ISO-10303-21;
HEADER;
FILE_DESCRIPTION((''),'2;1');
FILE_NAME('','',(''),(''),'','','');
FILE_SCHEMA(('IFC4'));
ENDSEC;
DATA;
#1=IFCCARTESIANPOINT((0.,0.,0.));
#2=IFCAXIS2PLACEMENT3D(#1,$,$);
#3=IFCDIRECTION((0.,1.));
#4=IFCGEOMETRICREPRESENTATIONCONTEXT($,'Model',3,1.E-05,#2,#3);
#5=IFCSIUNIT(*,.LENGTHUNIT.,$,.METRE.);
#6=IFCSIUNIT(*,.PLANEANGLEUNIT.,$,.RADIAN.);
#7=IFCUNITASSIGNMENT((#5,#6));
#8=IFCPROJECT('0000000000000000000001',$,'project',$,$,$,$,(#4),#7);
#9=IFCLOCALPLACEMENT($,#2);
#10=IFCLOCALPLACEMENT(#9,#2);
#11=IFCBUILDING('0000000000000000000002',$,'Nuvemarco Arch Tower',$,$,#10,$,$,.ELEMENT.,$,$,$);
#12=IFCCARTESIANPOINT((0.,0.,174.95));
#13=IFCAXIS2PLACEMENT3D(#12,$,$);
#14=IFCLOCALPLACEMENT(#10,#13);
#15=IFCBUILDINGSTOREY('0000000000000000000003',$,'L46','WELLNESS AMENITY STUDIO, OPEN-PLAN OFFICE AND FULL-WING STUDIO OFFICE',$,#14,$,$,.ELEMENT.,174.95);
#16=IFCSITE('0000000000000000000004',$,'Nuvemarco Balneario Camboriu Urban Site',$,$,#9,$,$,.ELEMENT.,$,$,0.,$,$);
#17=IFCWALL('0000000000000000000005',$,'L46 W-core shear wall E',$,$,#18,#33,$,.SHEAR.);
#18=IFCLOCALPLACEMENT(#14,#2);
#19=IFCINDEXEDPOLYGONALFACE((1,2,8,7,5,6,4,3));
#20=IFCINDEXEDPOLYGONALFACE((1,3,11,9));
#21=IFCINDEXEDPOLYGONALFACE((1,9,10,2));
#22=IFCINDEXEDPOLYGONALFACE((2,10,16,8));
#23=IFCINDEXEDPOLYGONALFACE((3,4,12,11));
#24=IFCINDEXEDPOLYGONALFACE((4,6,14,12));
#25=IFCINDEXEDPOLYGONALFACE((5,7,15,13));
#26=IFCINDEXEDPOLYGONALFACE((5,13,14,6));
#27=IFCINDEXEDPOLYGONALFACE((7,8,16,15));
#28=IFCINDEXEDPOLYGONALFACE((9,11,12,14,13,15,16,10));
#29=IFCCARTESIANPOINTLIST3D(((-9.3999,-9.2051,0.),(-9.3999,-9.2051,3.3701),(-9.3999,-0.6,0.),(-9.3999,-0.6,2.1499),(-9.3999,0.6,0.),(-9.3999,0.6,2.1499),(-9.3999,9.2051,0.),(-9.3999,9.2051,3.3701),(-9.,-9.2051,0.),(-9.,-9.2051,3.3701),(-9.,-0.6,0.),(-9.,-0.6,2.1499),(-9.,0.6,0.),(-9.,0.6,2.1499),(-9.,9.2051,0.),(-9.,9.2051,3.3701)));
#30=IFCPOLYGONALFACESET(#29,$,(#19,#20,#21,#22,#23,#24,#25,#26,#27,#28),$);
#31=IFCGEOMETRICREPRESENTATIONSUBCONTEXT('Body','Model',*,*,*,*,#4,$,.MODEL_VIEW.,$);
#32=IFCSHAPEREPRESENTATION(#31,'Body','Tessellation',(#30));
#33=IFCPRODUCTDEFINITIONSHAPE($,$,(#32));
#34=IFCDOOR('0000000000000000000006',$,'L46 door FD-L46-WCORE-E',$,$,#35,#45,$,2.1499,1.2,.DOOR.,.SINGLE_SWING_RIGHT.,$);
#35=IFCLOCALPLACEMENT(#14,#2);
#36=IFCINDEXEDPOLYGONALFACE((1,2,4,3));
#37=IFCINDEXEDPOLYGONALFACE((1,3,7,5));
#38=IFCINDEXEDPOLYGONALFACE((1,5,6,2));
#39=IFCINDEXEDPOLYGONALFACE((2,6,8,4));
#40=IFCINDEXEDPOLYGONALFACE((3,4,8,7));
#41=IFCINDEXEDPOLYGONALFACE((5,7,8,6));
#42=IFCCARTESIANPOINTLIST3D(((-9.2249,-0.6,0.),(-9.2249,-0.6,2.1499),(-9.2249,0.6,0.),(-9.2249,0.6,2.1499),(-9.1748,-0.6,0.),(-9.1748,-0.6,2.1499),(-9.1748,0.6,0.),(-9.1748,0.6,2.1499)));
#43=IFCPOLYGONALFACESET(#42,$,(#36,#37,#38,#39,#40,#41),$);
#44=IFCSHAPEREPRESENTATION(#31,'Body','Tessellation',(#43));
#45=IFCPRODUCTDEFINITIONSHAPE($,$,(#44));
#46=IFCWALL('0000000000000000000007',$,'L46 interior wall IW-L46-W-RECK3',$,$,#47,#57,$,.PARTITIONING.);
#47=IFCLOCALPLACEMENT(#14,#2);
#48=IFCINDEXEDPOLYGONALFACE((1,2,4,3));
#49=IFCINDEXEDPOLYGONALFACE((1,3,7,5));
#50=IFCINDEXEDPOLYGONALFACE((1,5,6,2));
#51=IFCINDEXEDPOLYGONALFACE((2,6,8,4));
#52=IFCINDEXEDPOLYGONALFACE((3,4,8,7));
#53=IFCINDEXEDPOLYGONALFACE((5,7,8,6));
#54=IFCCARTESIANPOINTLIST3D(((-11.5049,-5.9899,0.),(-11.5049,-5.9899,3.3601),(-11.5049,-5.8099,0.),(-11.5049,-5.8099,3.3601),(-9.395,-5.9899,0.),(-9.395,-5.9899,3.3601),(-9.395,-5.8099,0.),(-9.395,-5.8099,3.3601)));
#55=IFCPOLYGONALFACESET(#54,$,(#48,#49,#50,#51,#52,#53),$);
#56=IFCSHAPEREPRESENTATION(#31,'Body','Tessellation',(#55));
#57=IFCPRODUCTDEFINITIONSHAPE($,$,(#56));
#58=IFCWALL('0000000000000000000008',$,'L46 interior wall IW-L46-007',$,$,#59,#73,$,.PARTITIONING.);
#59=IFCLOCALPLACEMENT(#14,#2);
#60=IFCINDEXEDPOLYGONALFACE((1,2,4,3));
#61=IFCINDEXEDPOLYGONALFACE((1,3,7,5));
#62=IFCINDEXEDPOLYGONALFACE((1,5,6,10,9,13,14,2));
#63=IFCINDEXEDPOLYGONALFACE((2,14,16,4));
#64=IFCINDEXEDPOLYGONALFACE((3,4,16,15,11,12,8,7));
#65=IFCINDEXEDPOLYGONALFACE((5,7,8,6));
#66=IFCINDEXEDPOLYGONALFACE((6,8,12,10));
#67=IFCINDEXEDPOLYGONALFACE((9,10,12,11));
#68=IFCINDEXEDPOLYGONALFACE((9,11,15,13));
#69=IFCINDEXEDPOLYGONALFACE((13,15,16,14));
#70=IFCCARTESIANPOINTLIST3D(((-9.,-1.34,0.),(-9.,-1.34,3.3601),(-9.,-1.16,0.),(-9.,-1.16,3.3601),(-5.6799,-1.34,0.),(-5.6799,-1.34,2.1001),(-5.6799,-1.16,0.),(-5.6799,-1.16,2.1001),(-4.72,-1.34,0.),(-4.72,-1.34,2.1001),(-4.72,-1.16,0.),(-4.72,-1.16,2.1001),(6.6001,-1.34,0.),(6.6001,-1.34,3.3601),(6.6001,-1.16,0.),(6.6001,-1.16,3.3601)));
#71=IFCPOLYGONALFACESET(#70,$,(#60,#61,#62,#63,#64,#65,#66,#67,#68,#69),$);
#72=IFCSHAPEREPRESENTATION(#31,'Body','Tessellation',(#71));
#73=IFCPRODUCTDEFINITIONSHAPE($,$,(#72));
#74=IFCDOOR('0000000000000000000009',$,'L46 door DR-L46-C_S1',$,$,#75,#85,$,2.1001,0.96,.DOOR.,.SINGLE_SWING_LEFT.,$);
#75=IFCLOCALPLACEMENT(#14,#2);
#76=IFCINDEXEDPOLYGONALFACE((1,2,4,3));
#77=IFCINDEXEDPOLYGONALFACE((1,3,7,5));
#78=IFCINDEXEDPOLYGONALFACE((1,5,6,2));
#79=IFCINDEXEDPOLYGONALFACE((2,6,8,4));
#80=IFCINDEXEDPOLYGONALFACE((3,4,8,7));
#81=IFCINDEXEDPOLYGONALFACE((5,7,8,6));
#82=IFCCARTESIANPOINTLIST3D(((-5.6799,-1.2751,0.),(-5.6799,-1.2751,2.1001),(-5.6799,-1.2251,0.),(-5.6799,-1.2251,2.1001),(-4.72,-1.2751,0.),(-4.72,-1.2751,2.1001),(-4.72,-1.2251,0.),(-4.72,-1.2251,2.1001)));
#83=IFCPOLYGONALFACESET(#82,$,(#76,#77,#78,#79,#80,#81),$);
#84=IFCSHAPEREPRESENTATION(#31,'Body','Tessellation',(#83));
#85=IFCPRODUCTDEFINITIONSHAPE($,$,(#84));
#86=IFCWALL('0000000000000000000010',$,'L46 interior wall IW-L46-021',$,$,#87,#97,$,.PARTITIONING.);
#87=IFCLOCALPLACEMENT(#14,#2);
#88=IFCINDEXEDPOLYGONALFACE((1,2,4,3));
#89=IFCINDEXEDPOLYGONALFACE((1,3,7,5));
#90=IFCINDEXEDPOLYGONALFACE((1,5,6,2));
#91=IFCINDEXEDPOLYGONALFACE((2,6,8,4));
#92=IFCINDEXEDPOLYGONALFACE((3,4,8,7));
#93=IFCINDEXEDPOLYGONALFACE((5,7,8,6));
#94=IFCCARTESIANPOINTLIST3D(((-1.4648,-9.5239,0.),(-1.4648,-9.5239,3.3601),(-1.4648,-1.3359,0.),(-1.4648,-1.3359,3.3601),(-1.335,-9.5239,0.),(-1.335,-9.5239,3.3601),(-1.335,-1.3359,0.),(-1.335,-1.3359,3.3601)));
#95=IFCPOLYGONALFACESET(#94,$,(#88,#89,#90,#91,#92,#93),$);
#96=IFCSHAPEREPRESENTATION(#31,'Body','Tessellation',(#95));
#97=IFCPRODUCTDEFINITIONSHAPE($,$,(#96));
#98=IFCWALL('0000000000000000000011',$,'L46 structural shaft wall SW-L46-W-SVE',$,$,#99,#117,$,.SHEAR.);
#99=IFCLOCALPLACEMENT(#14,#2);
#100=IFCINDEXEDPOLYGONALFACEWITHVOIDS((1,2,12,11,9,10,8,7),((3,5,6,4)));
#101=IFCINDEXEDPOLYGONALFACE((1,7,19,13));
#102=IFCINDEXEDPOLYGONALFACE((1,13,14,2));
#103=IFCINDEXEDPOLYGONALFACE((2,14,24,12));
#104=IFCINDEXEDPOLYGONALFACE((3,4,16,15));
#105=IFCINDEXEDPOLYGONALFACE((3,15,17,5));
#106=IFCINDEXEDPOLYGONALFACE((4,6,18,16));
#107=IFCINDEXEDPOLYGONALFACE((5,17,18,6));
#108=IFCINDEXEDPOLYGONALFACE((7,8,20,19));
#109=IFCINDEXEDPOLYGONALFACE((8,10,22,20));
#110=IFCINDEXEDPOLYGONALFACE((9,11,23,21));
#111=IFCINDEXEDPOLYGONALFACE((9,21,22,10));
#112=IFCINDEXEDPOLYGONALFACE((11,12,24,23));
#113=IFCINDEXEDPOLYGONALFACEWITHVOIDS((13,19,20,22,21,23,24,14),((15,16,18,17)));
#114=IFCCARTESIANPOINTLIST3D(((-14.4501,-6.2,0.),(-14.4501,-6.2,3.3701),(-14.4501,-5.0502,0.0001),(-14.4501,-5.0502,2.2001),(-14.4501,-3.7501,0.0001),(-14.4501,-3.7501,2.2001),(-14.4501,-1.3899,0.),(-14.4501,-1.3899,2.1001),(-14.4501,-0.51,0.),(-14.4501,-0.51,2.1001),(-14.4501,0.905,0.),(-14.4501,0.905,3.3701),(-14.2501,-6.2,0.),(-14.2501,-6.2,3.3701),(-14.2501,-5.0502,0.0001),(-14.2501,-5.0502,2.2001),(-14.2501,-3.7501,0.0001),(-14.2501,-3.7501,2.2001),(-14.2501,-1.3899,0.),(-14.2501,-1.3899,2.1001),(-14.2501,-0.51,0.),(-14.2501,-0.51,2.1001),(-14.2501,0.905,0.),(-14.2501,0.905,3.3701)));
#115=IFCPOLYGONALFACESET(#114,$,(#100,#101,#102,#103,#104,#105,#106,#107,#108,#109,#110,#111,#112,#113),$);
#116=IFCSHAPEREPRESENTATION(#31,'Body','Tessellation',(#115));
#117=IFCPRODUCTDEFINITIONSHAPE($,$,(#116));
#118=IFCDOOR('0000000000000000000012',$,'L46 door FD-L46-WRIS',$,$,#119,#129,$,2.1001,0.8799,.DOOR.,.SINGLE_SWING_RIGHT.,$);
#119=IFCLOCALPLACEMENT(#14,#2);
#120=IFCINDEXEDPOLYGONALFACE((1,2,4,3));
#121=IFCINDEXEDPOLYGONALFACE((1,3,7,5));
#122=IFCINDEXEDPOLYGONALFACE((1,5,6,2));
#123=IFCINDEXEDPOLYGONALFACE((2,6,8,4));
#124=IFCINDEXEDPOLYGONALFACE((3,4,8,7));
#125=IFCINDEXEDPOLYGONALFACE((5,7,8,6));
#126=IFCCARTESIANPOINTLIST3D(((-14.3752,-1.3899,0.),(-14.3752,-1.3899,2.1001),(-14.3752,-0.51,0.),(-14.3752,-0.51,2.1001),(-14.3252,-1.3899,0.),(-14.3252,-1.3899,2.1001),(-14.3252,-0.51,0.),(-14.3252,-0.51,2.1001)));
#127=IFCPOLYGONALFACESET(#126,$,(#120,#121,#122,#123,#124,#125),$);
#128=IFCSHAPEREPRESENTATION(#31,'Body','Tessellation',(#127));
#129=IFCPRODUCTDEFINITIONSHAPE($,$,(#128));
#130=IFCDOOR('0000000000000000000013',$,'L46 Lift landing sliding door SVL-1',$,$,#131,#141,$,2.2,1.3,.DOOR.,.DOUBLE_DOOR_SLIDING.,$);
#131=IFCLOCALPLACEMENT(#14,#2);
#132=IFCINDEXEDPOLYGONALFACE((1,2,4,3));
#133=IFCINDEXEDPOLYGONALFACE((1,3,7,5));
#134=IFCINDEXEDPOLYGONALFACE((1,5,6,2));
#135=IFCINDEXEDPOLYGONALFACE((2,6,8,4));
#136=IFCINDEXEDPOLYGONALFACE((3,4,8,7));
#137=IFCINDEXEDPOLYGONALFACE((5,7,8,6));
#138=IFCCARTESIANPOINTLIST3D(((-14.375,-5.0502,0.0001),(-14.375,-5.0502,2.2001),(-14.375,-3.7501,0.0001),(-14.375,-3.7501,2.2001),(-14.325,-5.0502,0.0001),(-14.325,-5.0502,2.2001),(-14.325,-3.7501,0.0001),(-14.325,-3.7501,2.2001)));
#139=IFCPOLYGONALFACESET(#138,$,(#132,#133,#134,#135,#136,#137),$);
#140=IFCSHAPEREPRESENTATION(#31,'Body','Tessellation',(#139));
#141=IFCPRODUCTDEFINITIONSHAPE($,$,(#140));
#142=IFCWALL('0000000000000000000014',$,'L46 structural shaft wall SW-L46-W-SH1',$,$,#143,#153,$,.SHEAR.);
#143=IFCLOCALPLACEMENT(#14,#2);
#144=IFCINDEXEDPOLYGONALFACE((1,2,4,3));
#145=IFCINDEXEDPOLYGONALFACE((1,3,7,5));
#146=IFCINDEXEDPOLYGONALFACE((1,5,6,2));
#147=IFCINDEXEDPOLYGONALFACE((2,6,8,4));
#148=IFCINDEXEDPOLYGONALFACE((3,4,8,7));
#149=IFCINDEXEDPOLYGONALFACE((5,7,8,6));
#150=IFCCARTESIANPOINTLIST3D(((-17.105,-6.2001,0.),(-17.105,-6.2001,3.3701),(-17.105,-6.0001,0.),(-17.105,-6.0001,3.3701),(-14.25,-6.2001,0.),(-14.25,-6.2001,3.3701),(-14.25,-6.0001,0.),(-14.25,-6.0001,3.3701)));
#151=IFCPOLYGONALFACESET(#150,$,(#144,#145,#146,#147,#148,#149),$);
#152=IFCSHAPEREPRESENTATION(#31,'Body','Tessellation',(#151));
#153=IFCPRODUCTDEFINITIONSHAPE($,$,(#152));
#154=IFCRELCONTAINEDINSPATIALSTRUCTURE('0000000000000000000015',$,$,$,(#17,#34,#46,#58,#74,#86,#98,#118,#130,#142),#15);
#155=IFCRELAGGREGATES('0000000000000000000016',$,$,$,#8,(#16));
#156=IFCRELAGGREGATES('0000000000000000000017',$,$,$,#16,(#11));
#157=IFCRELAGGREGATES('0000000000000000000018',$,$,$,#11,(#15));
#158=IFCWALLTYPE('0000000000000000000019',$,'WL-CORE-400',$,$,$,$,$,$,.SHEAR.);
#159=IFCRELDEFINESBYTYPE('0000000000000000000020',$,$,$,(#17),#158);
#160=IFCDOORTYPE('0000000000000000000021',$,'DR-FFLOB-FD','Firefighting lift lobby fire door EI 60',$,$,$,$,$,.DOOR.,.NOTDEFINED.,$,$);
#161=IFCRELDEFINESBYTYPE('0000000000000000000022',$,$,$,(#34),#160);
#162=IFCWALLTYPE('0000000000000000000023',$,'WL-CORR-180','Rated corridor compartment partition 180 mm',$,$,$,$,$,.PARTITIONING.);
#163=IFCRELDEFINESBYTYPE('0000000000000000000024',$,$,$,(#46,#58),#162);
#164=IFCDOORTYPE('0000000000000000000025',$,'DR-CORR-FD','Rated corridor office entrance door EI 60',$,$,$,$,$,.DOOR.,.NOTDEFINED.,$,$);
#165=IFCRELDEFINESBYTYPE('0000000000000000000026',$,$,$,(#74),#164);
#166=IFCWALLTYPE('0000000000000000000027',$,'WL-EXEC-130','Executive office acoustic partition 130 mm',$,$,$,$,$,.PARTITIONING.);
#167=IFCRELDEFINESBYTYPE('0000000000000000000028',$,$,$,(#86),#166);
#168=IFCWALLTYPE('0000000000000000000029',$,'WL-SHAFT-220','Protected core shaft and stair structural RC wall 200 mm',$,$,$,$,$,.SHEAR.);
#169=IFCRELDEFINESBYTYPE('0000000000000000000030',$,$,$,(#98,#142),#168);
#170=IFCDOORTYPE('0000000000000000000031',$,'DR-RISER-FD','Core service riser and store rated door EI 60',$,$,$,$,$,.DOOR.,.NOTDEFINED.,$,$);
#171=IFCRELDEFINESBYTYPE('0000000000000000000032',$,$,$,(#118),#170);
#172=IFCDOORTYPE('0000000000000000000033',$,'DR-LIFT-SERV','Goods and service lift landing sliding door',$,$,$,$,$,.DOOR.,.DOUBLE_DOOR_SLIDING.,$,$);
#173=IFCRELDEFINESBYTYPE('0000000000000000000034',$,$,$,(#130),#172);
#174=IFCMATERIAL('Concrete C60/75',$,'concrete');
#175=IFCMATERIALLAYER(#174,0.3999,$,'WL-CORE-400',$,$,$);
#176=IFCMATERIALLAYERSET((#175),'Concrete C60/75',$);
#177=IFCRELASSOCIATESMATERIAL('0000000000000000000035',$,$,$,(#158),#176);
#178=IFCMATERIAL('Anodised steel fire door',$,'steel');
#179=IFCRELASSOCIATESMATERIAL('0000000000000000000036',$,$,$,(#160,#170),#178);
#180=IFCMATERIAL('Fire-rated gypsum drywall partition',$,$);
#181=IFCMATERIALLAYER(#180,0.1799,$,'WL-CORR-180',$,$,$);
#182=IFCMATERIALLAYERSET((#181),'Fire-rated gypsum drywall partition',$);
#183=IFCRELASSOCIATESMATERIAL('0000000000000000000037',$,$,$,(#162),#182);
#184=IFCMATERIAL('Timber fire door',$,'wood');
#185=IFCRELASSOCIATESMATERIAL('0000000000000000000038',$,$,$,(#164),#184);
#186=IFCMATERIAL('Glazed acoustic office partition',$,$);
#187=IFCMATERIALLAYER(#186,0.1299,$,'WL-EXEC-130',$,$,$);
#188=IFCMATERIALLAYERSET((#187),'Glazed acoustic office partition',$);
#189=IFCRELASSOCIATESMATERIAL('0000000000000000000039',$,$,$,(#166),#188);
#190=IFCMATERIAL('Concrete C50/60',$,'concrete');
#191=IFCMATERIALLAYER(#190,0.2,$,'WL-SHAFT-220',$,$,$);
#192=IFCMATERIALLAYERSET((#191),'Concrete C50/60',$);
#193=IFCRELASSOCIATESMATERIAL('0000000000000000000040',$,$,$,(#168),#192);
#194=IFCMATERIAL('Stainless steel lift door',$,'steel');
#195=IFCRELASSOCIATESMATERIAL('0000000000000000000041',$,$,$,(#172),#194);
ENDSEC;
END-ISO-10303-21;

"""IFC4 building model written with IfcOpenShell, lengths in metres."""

from ifc_helpers import new_model, si_unit, direction, frame, frame_2d, origin, place, context, subcontext, project, spatial, rectangle, extrude, source, transform, mapped, material, layer, layer_set, type_object, type_shapes, element, fill, save


model = new_model("IFC4")

# Units and contexts
model_context = context("Model", 3, precision=1e-05, world=origin(), true_north=direction((0.0, 1.0)))
body_context = subcontext(model_context, "Body", "Model", "MODEL_VIEW")
ifc_project = project(units=[si_unit("LENGTHUNIT", "METRE"), si_unit("PLANEANGLEUNIT", "RADIAN")], contexts=[model_context])

# Site, building, storey
site_placement = place(None, origin())
site = spatial("IfcSite", under=ifc_project, at=site_placement, Name="Nuvemarco Balneario Camboriu Urban Site", CompositionType="ELEMENT", RefElevation=0.0)
building_placement = place(site_placement, origin())
building = spatial("IfcBuilding", under=site, at=building_placement, Name="Nuvemarco Arch Tower", CompositionType="ELEMENT")
storey_placement = place(building_placement, frame((0.0, 0.0, 174.95)))
storey = spatial("IfcBuildingStorey", under=building, at=storey_placement, Name="L46", Description="WELLNESS AMENITY STUDIO, OPEN-PLAN OFFICE AND FULL-WING STUDIO OFFICE", CompositionType="ELEMENT", Elevation=174.95)

# Shared definitions
ifc_material_1 = material(Name="Concrete C50/60", Category="concrete")

# Shared definitions
ifc_material_2 = material(Name="Concrete C60/75", Category="concrete")
ifc_layer_1 = layer(ifc_material_2, 0.3999, Name="WL-CORE-400")
ifc_layer_set_1 = layer_set([ifc_layer_1], Name="Concrete C60/75")
wall_type_1 = type_object("IfcWallType", Name="WL-CORE-400", PredefinedType="SHEAR", material=ifc_layer_set_1)

# Wall, opening, door
wall_1_placement = place(storey_placement, frame((-9.2, -9.2051, 0.0), z_axis=(0.0, 0.0, 1.0), x_axis=(0.0, 1.0, 0.0)))
wall_1 = element("IfcWall", 1, at=wall_1_placement, inside=storey, type_object=wall_type_1, Name="L46 W-core shear wall E", PredefinedType="SHEAR", context=body_context, shape_type="SweptSolid", body=[
    extrude(rectangle(XDim=18.4102, YDim=0.3999, at=frame_2d((9.2051, 0.0))), origin(), (0.0, 0.0, 1.0), 3.3701),
])
opening_1_placement = place(wall_1_placement, frame((8.605, 0.0, 0.0)))
opening_1 = element("IfcOpeningElement", 2, at=opening_1_placement, cuts=wall_1, PredefinedType="OPENING", context=body_context, shape_type="SweptSolid", body=[
    extrude(rectangle(XDim=1.2, YDim=2.1499, at=frame_2d((0.6001, 1.075))), frame((0.0, 0.21, 0.0), z_axis=(0.0, -1.0, 0.0), x_axis=(1.0, 0.0, 0.0)), (0.0, 0.0, 1.0), 0.4199),
])
ifc_material_3 = material(Name="Anodised steel fire door", Category="steel")
door_type_1 = type_object("IfcDoorType", Name="DR-FFLOB-FD", Description="Firefighting lift lobby fire door EI 60", OperationType="NOTDEFINED", PredefinedType="DOOR", material=ifc_material_3)
shared_shape_1 = source(origin(), body_context, "Body", "SweptSolid", [
    extrude(rectangle(XDim=1.2, YDim=2.1499, at=frame_2d((0.6001, 1.075))), frame((0.0, 0.0249, 0.0), z_axis=(0.0, -1.0, 0.0), x_axis=(1.0, 0.0, 0.0)), (0.0, 0.0, 1.0), 0.05),
])
type_shapes(door_type_1, [shared_shape_1])
door_1_placement = place(opening_1_placement, origin())
door_1 = element("IfcDoor", 3, at=door_1_placement, inside=storey, type_object=door_type_1, Name="L46 door FD-L46-WCORE-E", OperationType="SINGLE_SWING_RIGHT", OverallHeight=2.1499, OverallWidth=1.2, PredefinedType="DOOR", context=body_context, shape_type="MappedRepresentation", body=[
    mapped(shared_shape_1, transform((0.0, 0.0, 0.0), scale=1.0)),
])
fill(opening_1, door_1)

# Wall
ifc_material_4 = material(Name="Fire-rated gypsum drywall partition")
ifc_layer_2 = layer(ifc_material_4, 0.1799, Name="WL-CORR-180")
ifc_layer_set_2 = layer_set([ifc_layer_2], Name="Fire-rated gypsum drywall partition")
wall_type_2 = type_object("IfcWallType", Name="WL-CORR-180", Description="Rated corridor compartment partition 180 mm", PredefinedType="PARTITIONING", material=ifc_layer_set_2)
wall_2_placement = place(storey_placement, frame((-11.5049, -5.8999, 0.0), z_axis=(0.0, 0.0, 1.0), x_axis=(1.0, 0.0, 0.0)))
element("IfcWall", 4, at=wall_2_placement, inside=storey, type_object=wall_type_2, Name="L46 interior wall IW-L46-W-RECK3", PredefinedType="PARTITIONING", context=body_context, shape_type="SweptSolid", body=[
    extrude(rectangle(XDim=2.1099, YDim=0.1799, at=frame_2d((1.0549, 0.0))), origin(), (0.0, 0.0, 1.0), 3.3601),
])

# Wall, opening, door
wall_3_placement = place(storey_placement, frame((-9.0, -1.25, 0.0), z_axis=(0.0, 0.0, 1.0), x_axis=(1.0, 0.0, 0.0)))
wall_3 = element("IfcWall", 5, at=wall_3_placement, inside=storey, type_object=wall_type_2, Name="L46 interior wall IW-L46-007", PredefinedType="PARTITIONING", context=body_context, shape_type="SweptSolid", body=[
    extrude(rectangle(XDim=15.6001, YDim=0.1799, at=frame_2d((7.8, 0.0))), origin(), (0.0, 0.0, 1.0), 3.3601),
])
opening_2_placement = place(wall_3_placement, frame((3.3201, 0.0, 0.0)))
opening_2 = element("IfcOpeningElement", 6, at=opening_2_placement, cuts=wall_3, PredefinedType="OPENING", context=body_context, shape_type="SweptSolid", body=[
    extrude(rectangle(XDim=0.96, YDim=2.1001, at=frame_2d((0.48, 1.05))), frame((0.0, 0.0999, 0.0), z_axis=(0.0, -1.0, 0.0), x_axis=(1.0, 0.0, 0.0)), (0.0, 0.0, 1.0), 0.2),
])
ifc_material_5 = material(Name="Timber fire door", Category="wood")
door_type_2 = type_object("IfcDoorType", Name="DR-CORR-FD", Description="Rated corridor office entrance door EI 60", OperationType="NOTDEFINED", PredefinedType="DOOR", material=ifc_material_5)
shared_shape_2 = source(origin(), body_context, "Body", "SweptSolid", [
    extrude(rectangle(XDim=0.96, YDim=2.1001, at=frame_2d((0.48, 1.05))), frame((0.0, 0.0249, 0.0), z_axis=(0.0, -1.0, 0.0), x_axis=(1.0, 0.0, 0.0)), (0.0, 0.0, 1.0), 0.05),
])
type_shapes(door_type_2, [shared_shape_2])
door_2_placement = place(opening_2_placement, origin())
door_2 = element("IfcDoor", 7, at=door_2_placement, inside=storey, type_object=door_type_2, Name="L46 door DR-L46-C_S1", OperationType="SINGLE_SWING_LEFT", OverallHeight=2.1001, OverallWidth=0.96, PredefinedType="DOOR", context=body_context, shape_type="MappedRepresentation", body=[
    mapped(shared_shape_2, transform((0.0, 0.0, 0.0), scale=1.0)),
])
fill(opening_2, door_2)

# Wall
ifc_material_6 = material(Name="Glazed acoustic office partition")
ifc_layer_3 = layer(ifc_material_6, 0.1299, Name="WL-EXEC-130")
ifc_layer_set_3 = layer_set([ifc_layer_3], Name="Glazed acoustic office partition")
wall_type_3 = type_object("IfcWallType", Name="WL-EXEC-130", Description="Executive office acoustic partition 130 mm", PredefinedType="PARTITIONING", material=ifc_layer_set_3)
wall_4_placement = place(storey_placement, frame((-1.3999, -9.5239, 0.0), z_axis=(0.0, 0.0, 1.0), x_axis=(0.0, 1.0, 0.0)))
element("IfcWall", 8, at=wall_4_placement, inside=storey, type_object=wall_type_3, Name="L46 interior wall IW-L46-021", PredefinedType="PARTITIONING", context=body_context, shape_type="SweptSolid", body=[
    extrude(rectangle(XDim=8.188, YDim=0.1299, at=frame_2d((4.094, 0.0))), origin(), (0.0, 0.0, 1.0), 3.3601),
])

# Shared definitions
ifc_layer_4 = layer(ifc_material_1, 0.2, Name="WL-SHAFT-220")
ifc_layer_set_4 = layer_set([ifc_layer_4], Name="Concrete C50/60")
wall_type_4 = type_object("IfcWallType", Name="WL-SHAFT-220", Description="Protected core shaft and stair structural RC wall 200 mm", PredefinedType="SHEAR", material=ifc_layer_set_4)
ifc_material_7 = material(Name="Stainless steel lift door", Category="steel")

# Wall, openings, doors
wall_5_placement = place(storey_placement, frame((-14.3501, -6.2, 0.0), z_axis=(0.0, 0.0, 1.0), x_axis=(0.0, 1.0, 0.0)))
wall_5 = element("IfcWall", 9, at=wall_5_placement, inside=storey, type_object=wall_type_4, Name="L46 structural shaft wall SW-L46-W-SVE", PredefinedType="SHEAR", context=body_context, shape_type="SweptSolid", body=[
    extrude(rectangle(XDim=7.105, YDim=0.2, at=frame_2d((3.5525, 0.0))), origin(), (0.0, 0.0, 1.0), 3.3701),
])
opening_3_placement = place(wall_5_placement, frame((5.6899, 0.0, 0.0), z_axis=(0.0, 0.0, 1.0), x_axis=(-1.0, 0.0, 0.0)))
opening_3 = element("IfcOpeningElement", 10, at=opening_3_placement, cuts=wall_5, PredefinedType="OPENING", context=body_context, shape_type="SweptSolid", body=[
    extrude(rectangle(XDim=0.8799, YDim=2.1001, at=frame_2d((0.4399, 1.05))), frame((0.0, 0.1099, 0.0), z_axis=(0.0, -1.0, 0.0), x_axis=(1.0, 0.0, 0.0)), (0.0, 0.0, 1.0), 0.22),
])
opening_4_placement = place(wall_5_placement, frame((1.1499, 0.0, 0.0)))
opening_4 = element("IfcOpeningElement", 11, at=opening_4_placement, cuts=wall_5, PredefinedType="OPENING", context=body_context, shape_type="SweptSolid", body=[
    extrude(rectangle(XDim=1.3, YDim=2.2, at=frame_2d((0.6499, 1.1001))), frame((0.0, 0.1099, 0.0), z_axis=(0.0, -1.0, 0.0), x_axis=(1.0, 0.0, 0.0)), (0.0, 0.0, 1.0), 0.22),
])
door_type_3 = type_object("IfcDoorType", Name="DR-RISER-FD", Description="Core service riser and store rated door EI 60", OperationType="NOTDEFINED", PredefinedType="DOOR", material=ifc_material_3)
shared_shape_3 = source(origin(), body_context, "Body", "SweptSolid", [
    extrude(rectangle(XDim=0.8799, YDim=2.1001, at=frame_2d((0.4399, 1.05))), frame((0.0, 0.0249, 0.0), z_axis=(0.0, -1.0, 0.0), x_axis=(1.0, 0.0, 0.0)), (0.0, 0.0, 1.0), 0.05),
])
type_shapes(door_type_3, [shared_shape_3])
door_3_placement = place(opening_3_placement, origin())
door_3 = element("IfcDoor", 12, at=door_3_placement, inside=storey, type_object=door_type_3, Name="L46 door FD-L46-WRIS", OperationType="SINGLE_SWING_RIGHT", OverallHeight=2.1001, OverallWidth=0.8799, PredefinedType="DOOR", context=body_context, shape_type="MappedRepresentation", body=[
    mapped(shared_shape_3, transform((0.0, 0.0, 0.0), scale=1.0)),
])
fill(opening_3, door_3)
door_type_4 = type_object("IfcDoorType", Name="DR-LIFT-SERV", Description="Goods and service lift landing sliding door", OperationType="DOUBLE_DOOR_SLIDING", PredefinedType="DOOR", material=ifc_material_7)
shared_shape_4 = source(origin(), body_context, "Body", "SweptSolid", [
    extrude(rectangle(XDim=1.3, YDim=2.2, at=frame_2d((0.6499, 1.1001))), frame((0.0, 0.0249, 0.0), z_axis=(0.0, -1.0, 0.0), x_axis=(1.0, 0.0, 0.0)), (0.0, 0.0, 1.0), 0.05),
])
type_shapes(door_type_4, [shared_shape_4])
door_4_placement = place(opening_4_placement, origin())
door_4 = element("IfcDoor", 13, at=door_4_placement, inside=storey, type_object=door_type_4, Name="L46 Lift landing sliding door SVL-1", OperationType="DOUBLE_DOOR_SLIDING", OverallHeight=2.2, OverallWidth=1.3, PredefinedType="DOOR", context=body_context, shape_type="MappedRepresentation", body=[
    mapped(shared_shape_4, transform((0.0, 0.0, 0.0), scale=1.0)),
])
fill(opening_4, door_4)

# Wall
wall_6_placement = place(storey_placement, frame((-17.105, -6.1001, 0.0), z_axis=(0.0, 0.0, 1.0), x_axis=(1.0, 0.0, 0.0)))
element("IfcWall", 14, at=wall_6_placement, inside=storey, type_object=wall_type_4, Name="L46 structural shaft wall SW-L46-W-SH1", PredefinedType="SHEAR", context=body_context, shape_type="SweptSolid", body=[
    extrude(rectangle(XDim=2.855, YDim=0.2, at=frame_2d((1.4275, 0.0))), origin(), (0.0, 0.0, 1.0), 3.3701),
])

save(model, "model.ifc")
